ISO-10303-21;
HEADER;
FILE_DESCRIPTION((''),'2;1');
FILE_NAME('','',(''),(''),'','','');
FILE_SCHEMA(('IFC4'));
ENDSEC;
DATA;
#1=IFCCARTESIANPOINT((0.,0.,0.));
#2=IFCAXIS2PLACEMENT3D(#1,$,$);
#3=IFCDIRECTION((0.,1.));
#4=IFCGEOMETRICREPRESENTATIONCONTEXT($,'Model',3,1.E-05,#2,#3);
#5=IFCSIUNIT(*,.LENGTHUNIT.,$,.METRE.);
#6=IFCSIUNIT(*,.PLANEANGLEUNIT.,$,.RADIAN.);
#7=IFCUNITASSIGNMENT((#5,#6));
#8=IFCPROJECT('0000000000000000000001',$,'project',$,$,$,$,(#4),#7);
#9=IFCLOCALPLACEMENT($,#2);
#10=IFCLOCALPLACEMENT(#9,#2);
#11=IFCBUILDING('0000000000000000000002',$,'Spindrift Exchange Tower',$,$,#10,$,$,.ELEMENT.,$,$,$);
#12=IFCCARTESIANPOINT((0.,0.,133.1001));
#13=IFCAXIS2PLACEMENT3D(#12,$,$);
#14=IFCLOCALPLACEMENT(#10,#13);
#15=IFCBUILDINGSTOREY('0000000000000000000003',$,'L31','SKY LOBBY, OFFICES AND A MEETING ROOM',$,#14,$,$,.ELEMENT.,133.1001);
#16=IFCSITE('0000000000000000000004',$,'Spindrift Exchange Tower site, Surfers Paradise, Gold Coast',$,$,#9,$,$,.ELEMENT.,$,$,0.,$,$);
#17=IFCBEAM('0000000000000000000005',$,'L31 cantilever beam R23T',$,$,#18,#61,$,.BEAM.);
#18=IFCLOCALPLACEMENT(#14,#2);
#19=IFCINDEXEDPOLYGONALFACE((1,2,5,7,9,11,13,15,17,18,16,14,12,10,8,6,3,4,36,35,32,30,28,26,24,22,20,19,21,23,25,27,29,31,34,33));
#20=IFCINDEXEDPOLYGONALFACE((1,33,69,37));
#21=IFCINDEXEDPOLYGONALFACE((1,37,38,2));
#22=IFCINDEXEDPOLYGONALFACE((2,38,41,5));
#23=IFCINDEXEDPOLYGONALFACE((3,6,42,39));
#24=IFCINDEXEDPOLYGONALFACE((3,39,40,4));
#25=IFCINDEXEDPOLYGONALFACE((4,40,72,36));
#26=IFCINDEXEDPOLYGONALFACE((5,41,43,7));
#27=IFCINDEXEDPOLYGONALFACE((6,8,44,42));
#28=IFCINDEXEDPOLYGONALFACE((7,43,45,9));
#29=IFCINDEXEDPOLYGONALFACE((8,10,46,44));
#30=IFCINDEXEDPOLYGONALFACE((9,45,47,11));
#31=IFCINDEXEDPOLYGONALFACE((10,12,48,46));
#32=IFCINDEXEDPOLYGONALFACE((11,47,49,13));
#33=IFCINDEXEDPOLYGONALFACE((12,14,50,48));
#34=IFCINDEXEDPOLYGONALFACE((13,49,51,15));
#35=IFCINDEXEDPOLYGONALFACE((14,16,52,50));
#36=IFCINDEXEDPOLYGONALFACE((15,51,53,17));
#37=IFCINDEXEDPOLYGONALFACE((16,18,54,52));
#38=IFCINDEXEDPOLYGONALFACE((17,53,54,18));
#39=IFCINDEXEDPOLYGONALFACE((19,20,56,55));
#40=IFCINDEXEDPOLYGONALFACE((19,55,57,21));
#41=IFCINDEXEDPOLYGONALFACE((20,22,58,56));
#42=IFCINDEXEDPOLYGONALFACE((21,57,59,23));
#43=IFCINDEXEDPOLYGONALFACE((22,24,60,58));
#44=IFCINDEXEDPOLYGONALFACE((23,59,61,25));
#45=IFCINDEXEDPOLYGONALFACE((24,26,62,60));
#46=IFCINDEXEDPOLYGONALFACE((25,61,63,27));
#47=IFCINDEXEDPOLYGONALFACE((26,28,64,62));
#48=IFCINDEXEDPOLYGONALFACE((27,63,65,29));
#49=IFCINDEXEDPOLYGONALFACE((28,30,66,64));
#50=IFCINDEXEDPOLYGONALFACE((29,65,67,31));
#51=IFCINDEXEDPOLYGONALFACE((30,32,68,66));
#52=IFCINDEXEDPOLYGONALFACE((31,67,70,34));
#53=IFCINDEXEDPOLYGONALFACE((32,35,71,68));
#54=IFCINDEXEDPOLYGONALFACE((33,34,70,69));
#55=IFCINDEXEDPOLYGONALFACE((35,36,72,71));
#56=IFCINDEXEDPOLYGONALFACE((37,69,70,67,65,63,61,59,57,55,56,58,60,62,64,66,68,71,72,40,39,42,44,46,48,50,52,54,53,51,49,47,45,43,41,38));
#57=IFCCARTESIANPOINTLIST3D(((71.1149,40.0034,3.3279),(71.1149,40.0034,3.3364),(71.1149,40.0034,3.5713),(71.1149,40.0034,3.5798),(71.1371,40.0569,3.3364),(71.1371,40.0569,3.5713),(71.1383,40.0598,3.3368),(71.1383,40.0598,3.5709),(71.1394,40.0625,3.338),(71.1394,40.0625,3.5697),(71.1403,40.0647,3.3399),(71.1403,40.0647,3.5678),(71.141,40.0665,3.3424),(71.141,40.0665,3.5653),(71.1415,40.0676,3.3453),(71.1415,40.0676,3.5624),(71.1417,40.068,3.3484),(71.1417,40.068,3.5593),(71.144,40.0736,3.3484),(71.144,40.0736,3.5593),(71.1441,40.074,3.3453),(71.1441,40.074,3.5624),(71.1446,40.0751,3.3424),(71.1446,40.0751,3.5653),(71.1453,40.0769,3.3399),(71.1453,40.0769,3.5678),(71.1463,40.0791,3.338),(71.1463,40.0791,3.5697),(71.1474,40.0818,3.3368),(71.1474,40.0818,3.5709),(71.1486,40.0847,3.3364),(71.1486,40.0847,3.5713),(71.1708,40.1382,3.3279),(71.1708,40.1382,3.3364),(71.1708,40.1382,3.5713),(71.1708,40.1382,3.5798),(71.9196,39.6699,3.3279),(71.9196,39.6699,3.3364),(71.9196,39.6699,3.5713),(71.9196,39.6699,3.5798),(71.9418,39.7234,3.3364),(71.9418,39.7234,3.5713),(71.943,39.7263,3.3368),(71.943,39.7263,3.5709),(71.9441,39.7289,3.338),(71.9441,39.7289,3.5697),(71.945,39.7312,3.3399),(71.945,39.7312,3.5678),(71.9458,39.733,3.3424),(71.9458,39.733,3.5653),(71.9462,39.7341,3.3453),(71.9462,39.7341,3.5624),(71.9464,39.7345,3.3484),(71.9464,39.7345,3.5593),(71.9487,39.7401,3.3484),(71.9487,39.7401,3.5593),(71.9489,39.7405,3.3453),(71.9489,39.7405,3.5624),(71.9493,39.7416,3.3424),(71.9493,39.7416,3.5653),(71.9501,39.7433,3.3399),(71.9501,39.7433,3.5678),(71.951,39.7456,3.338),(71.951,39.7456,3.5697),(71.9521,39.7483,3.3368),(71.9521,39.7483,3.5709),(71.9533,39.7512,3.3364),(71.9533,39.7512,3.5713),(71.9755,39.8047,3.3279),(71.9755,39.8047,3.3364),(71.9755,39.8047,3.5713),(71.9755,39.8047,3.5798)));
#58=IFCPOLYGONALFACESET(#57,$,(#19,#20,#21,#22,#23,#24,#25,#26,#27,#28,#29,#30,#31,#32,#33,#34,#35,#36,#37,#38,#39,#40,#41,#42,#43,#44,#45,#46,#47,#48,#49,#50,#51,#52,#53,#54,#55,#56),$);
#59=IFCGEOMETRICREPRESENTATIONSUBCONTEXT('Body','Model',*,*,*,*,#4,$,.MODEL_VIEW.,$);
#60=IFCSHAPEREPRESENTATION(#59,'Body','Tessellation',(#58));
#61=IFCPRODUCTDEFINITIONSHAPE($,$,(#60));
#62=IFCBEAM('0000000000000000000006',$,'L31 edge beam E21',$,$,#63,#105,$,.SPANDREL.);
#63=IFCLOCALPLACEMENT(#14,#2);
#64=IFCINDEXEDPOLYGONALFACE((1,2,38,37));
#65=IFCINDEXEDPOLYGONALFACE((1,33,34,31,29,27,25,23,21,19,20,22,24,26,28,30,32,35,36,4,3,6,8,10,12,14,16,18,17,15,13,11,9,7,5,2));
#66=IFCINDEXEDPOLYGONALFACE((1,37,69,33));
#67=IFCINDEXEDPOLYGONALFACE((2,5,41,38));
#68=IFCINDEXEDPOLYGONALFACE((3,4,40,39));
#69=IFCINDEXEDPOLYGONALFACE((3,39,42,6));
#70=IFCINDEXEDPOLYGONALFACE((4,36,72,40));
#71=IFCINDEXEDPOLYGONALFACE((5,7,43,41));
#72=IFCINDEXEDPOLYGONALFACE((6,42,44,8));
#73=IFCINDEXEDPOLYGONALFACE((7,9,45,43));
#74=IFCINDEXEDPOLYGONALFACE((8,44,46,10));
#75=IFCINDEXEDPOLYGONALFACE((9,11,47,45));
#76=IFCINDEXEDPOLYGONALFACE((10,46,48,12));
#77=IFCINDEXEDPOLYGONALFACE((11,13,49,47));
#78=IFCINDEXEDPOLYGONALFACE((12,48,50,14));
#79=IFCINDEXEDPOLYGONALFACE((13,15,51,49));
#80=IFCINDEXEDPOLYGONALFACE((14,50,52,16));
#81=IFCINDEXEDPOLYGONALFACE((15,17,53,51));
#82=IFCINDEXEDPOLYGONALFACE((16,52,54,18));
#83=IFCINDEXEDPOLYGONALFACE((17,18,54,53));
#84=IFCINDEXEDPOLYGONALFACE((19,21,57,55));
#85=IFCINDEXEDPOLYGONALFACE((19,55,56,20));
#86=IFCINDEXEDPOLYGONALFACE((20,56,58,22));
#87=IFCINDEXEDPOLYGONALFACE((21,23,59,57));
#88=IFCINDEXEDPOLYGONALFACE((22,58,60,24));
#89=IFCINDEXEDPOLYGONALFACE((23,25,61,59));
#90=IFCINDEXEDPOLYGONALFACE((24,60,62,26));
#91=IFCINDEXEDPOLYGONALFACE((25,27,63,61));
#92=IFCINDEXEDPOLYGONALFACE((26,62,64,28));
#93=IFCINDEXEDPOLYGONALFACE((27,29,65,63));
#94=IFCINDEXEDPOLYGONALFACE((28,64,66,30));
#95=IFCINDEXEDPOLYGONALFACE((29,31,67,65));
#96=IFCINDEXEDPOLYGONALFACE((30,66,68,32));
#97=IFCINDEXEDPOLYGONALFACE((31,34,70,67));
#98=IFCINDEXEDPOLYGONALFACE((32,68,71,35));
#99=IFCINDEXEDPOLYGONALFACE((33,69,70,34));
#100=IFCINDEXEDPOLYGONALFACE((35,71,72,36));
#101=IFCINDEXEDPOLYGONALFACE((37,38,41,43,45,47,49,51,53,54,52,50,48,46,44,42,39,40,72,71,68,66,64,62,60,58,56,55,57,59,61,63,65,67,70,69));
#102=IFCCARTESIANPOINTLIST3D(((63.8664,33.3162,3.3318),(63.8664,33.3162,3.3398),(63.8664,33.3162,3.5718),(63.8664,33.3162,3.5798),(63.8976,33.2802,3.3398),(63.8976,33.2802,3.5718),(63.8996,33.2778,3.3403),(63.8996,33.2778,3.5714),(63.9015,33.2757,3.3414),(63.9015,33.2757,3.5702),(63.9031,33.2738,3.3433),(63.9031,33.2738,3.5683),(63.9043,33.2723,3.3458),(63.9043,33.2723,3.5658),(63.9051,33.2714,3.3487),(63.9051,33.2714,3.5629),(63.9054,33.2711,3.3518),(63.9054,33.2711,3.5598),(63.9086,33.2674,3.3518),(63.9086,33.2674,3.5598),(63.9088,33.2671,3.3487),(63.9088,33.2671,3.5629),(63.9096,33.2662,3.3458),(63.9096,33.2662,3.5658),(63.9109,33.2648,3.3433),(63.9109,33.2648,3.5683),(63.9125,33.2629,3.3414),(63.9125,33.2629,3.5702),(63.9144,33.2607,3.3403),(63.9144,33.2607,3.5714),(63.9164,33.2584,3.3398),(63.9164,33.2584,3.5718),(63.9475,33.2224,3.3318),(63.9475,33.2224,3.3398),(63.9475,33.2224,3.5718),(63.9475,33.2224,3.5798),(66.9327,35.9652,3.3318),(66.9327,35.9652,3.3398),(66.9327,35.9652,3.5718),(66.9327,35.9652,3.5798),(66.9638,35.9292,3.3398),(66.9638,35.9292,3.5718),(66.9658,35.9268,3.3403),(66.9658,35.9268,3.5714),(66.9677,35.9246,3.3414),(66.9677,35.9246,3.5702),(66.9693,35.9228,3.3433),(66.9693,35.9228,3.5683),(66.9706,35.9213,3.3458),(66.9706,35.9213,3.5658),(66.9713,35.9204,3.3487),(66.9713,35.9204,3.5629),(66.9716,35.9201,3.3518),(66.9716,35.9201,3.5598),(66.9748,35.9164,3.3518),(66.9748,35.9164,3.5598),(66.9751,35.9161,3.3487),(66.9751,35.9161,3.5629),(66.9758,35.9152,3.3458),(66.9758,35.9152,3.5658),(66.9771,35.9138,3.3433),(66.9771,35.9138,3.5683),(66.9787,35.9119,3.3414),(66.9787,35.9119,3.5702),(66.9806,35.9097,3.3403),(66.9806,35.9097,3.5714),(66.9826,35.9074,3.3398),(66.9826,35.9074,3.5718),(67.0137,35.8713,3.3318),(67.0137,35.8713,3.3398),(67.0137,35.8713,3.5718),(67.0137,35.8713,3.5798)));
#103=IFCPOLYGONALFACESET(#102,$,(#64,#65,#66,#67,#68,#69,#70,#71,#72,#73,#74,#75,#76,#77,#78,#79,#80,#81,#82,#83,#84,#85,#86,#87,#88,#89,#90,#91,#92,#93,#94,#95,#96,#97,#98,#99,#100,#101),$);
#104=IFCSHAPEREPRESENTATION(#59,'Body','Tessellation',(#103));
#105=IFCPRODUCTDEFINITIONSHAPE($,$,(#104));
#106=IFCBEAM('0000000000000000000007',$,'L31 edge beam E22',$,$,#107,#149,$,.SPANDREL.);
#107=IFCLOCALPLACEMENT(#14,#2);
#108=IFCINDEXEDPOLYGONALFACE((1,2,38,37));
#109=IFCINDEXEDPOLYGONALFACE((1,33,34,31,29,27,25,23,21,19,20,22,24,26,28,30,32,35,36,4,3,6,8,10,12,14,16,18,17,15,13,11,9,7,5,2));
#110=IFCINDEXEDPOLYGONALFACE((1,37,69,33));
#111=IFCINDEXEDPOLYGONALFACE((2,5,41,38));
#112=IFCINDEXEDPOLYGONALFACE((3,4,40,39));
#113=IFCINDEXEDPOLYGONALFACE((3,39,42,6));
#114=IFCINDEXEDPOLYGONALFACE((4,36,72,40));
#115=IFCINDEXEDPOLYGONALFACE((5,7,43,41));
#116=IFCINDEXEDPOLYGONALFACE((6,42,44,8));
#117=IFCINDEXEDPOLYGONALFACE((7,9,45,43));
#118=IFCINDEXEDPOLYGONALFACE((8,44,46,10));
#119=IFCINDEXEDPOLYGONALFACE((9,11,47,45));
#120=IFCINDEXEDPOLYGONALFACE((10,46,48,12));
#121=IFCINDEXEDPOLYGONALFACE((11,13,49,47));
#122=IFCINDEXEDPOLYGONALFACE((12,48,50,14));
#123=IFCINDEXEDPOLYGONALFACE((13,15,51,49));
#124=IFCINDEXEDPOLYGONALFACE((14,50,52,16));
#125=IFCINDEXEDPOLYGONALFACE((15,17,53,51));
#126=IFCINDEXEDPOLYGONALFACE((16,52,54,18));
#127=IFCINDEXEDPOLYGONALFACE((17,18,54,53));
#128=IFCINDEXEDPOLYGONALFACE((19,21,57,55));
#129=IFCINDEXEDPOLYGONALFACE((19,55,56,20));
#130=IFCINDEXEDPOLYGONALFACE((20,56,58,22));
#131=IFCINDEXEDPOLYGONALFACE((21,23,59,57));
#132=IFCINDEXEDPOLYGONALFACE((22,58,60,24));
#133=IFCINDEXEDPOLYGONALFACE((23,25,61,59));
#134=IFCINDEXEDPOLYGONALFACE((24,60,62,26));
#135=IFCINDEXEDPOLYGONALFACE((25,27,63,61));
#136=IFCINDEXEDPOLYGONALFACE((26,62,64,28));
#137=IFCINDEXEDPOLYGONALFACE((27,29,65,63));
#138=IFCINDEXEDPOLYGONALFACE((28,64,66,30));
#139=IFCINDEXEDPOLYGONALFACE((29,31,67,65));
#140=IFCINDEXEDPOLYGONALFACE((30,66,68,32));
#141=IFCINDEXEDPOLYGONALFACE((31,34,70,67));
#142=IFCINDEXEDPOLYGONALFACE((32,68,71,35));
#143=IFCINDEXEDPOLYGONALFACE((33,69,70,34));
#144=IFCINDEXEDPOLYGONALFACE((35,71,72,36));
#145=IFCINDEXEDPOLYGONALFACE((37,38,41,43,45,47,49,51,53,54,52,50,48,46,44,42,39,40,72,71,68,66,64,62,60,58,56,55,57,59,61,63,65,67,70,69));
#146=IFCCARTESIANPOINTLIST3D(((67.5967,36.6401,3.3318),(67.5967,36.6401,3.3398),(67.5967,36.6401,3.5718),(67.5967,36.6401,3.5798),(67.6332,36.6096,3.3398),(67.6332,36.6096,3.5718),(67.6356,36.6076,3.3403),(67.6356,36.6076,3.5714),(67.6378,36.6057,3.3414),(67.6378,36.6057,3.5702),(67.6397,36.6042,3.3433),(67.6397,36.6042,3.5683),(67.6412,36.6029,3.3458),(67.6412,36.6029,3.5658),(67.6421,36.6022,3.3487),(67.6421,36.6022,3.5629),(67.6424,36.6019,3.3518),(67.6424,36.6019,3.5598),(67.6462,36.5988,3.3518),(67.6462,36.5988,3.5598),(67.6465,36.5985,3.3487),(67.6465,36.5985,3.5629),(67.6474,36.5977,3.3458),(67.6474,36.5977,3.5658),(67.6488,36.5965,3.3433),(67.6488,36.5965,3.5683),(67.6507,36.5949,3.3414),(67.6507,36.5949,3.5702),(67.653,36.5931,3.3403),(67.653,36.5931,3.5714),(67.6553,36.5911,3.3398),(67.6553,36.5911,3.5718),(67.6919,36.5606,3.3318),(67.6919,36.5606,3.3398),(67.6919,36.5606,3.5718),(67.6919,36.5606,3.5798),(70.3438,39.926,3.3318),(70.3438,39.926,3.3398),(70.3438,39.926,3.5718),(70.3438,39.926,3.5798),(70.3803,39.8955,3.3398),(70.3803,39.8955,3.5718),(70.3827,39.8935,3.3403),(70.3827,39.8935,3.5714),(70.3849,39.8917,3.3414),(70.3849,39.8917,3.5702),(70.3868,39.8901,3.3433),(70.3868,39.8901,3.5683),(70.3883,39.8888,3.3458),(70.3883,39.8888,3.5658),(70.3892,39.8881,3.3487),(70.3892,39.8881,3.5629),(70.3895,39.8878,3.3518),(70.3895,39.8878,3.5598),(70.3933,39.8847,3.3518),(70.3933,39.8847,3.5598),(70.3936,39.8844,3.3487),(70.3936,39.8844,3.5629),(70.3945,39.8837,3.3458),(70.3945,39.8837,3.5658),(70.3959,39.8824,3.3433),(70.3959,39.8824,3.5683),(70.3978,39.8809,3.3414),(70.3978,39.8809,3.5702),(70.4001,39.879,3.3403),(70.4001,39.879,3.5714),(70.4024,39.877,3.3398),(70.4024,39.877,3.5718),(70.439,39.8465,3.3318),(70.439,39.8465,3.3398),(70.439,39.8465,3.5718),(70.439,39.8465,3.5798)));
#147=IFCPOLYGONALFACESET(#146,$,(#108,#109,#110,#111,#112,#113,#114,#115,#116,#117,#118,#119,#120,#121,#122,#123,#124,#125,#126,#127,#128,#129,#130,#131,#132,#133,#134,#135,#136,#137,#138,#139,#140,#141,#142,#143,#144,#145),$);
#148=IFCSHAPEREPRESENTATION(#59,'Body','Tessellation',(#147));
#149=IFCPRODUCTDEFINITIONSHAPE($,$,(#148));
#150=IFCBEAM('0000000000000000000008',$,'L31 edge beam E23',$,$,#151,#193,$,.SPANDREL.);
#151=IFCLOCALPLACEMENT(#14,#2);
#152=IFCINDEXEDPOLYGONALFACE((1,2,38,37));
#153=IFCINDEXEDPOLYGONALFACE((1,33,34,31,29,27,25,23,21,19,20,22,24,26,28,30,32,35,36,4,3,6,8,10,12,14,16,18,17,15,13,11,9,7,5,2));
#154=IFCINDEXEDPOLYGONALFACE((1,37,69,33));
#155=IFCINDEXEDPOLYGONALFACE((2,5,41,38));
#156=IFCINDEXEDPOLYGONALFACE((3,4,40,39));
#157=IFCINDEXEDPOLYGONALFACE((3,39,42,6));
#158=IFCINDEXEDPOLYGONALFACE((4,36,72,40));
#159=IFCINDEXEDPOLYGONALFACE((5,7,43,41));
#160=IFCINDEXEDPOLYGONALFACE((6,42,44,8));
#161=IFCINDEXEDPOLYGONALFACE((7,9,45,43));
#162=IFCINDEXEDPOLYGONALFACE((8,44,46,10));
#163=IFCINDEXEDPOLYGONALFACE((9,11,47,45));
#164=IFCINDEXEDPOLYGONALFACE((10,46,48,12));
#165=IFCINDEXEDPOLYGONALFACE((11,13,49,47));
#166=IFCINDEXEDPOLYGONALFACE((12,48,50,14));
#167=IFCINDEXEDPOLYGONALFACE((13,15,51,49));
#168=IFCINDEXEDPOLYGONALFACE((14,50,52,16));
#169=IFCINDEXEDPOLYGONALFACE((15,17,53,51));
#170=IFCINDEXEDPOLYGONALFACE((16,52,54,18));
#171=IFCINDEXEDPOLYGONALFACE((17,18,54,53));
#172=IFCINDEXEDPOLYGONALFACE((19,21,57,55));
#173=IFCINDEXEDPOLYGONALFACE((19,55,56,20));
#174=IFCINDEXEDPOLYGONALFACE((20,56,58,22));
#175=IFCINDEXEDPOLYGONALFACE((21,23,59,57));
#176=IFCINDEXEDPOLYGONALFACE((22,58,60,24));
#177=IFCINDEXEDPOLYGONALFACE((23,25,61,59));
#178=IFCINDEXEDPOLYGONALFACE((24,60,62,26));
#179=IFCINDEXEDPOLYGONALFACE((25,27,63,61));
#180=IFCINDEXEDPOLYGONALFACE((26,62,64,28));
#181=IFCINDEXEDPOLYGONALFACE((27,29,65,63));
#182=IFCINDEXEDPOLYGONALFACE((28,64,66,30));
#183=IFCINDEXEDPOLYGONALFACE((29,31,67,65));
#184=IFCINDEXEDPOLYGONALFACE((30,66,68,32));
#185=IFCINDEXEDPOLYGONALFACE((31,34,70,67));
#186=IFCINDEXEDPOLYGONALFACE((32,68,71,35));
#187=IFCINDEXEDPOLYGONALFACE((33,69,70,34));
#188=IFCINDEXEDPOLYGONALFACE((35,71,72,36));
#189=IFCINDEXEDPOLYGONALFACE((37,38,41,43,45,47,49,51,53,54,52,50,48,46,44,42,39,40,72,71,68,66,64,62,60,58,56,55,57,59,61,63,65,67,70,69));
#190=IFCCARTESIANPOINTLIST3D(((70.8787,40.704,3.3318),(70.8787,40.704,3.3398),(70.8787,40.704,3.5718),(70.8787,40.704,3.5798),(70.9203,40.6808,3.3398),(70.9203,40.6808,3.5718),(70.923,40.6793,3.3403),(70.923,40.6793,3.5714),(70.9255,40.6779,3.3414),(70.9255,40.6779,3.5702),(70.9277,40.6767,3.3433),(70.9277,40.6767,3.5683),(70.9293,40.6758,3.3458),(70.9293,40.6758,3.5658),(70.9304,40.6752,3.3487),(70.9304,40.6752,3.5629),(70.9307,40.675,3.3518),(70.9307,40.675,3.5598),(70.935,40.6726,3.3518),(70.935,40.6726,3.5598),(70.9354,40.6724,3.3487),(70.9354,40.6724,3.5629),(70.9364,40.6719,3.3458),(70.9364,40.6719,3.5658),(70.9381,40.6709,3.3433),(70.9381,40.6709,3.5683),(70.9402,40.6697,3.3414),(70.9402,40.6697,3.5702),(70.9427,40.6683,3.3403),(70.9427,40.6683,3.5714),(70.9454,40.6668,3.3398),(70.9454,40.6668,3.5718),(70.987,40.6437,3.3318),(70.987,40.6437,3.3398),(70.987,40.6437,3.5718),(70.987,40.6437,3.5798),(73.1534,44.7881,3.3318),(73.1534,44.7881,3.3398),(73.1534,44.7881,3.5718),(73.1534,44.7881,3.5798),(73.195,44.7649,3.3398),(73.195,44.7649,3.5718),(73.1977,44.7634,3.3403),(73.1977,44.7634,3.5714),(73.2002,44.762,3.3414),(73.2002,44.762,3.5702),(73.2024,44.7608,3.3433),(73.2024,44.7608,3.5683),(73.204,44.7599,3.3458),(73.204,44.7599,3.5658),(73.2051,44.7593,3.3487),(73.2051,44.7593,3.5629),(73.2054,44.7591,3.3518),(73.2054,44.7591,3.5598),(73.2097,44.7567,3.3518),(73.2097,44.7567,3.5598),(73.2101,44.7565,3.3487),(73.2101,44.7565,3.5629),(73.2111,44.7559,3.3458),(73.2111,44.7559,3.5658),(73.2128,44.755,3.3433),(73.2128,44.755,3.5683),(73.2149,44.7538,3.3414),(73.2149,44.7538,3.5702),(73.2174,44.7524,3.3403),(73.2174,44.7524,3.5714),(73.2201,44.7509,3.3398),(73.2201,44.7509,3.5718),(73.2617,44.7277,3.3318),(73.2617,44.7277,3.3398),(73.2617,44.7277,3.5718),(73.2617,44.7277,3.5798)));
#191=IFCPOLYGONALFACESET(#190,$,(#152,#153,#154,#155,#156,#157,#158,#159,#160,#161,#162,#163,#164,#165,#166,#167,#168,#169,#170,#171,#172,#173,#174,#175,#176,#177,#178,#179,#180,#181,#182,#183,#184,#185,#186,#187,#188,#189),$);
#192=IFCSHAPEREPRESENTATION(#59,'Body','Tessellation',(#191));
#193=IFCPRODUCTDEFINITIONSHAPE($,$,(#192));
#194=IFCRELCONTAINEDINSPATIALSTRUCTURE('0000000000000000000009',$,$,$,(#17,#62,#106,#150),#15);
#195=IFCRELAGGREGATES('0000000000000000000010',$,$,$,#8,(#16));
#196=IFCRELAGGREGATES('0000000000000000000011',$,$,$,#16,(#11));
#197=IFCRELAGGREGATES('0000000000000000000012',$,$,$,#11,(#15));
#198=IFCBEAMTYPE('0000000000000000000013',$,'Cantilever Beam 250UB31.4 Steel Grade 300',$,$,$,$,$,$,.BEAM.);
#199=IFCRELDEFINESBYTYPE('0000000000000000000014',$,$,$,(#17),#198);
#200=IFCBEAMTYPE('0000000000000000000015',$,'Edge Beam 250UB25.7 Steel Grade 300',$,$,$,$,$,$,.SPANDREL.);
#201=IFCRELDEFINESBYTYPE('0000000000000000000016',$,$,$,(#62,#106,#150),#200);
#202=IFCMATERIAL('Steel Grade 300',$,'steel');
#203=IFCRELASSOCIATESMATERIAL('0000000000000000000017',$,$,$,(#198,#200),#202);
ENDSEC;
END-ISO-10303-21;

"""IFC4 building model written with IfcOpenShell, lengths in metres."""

from ifc_helpers import new_model, si_unit, direction, frame, origin, origin_2d, place, context, subcontext, project, spatial, i_section, extrude, source, transform, mapped, material, material_profile, profile_set, type_object, element, save


model = new_model("IFC4")

# Units and contexts
model_context = context("Model", 3, precision=1e-05, world=origin(), true_north=direction((0.0, 1.0)))
body_context = subcontext(model_context, "Body", "Model", "MODEL_VIEW")
ifc_project = project(units=[si_unit("LENGTHUNIT", "METRE"), si_unit("PLANEANGLEUNIT", "RADIAN")], contexts=[model_context])

# Site, building, storey
site_placement = place(None, origin())
site = spatial("IfcSite", under=ifc_project, at=site_placement, Name="Spindrift Exchange Tower site, Surfers Paradise, Gold Coast", CompositionType="ELEMENT", RefElevation=0.0)
building_placement = place(site_placement, origin())
building = spatial("IfcBuilding", under=site, at=building_placement, Name="Spindrift Exchange Tower", CompositionType="ELEMENT")
storey_placement = place(building_placement, frame((0.0, 0.0, 133.1001)))
storey = spatial("IfcBuildingStorey", under=building, at=storey_placement, Name="L31", Description="SKY LOBBY, OFFICES AND A MEETING ROOM", CompositionType="ELEMENT", Elevation=133.1001)

# Beams
ifc_material_1 = material(Name="Steel Grade 300", Category="steel")
ifc_material_profile_1 = material_profile(ifc_material_1, i_section(OverallWidth=0.146, OverallDepth=0.252, WebThickness=0.0061, FlangeThickness=0.0085, FilletRadius=0.012, at=origin_2d()), Name="250UB31.4")
ifc_profile_set_1 = profile_set([ifc_material_profile_1], Name="Steel Grade 300")
beam_type_1 = type_object("IfcBeamType", Name="Cantilever Beam 250UB31.4 Steel Grade 300", PredefinedType="BEAM", material=ifc_profile_set_1)
shared_shape_1 = source(origin(), body_context, "Body", "SweptSolid", [
    extrude(i_section(OverallWidth=0.146, OverallDepth=0.252, WebThickness=0.0061, FlangeThickness=0.0085, FilletRadius=0.012, at=origin_2d()), origin(), (0.0, 0.0, 1.0), 0.8711),
])
beam_1_placement = place(storey_placement, frame((71.1428, 40.0708, 3.4539), z_axis=(0.923805, -0.382863, 0.0), x_axis=(0.382863, 0.923805, 0.0)))
element("IfcBeam", 1, at=beam_1_placement, inside=storey, type_object=beam_type_1, Name="L31 cantilever beam R23T", PredefinedType="BEAM", context=body_context, shape_type="MappedRepresentation", body=[
    mapped(shared_shape_1, transform((0.0, 0.0, 0.0), scale=1.0)),
])
ifc_material_profile_2 = material_profile(ifc_material_1, i_section(OverallWidth=0.124, OverallDepth=0.248, WebThickness=0.0049, FlangeThickness=0.0081, FilletRadius=0.012, at=origin_2d()), Name="250UB25.7")
ifc_profile_set_2 = profile_set([ifc_material_profile_2], Name="Steel Grade 300")
beam_type_2 = type_object("IfcBeamType", Name="Edge Beam 250UB25.7 Steel Grade 300", PredefinedType="SPANDREL", material=ifc_profile_set_2)
shared_shape_2 = source(origin(), body_context, "Body", "SweptSolid", [
    extrude(i_section(OverallWidth=0.124, OverallDepth=0.248, WebThickness=0.0049, FlangeThickness=0.0081, FilletRadius=0.012, at=origin_2d()), origin(), (0.0, 0.0, 1.0), 4.052),
])
beam_2_placement = place(storey_placement, frame((63.907, 33.2693, 3.4558), z_axis=(0.756716, 0.653744, 0.0), x_axis=(-0.653744, 0.756716, 0.0)))
element("IfcBeam", 2, at=beam_2_placement, inside=storey, type_object=beam_type_2, Name="L31 edge beam E21", PredefinedType="SPANDREL", context=body_context, shape_type="MappedRepresentation", body=[
    mapped(shared_shape_2, transform((0.0, 0.0, 0.0), scale=1.0)),
])
shared_shape_3 = source(origin(), body_context, "Body", "SweptSolid", [
    extrude(i_section(OverallWidth=0.124, OverallDepth=0.248, WebThickness=0.0049, FlangeThickness=0.0081, FilletRadius=0.012, at=origin_2d()), origin(), (0.0, 0.0, 1.0), 4.283),
])
beam_3_placement = place(storey_placement, frame((67.6443, 36.6003, 3.4558), z_axis=(0.6414, 0.767206, 0.0), x_axis=(-0.767206, 0.6414, 0.0)))
element("IfcBeam", 3, at=beam_3_placement, inside=storey, type_object=beam_type_2, Name="L31 edge beam E22", PredefinedType="SPANDREL", context=body_context, shape_type="MappedRepresentation", body=[
    mapped(shared_shape_3, transform((0.0, 0.0, 0.0), scale=1.0)),
])
shared_shape_4 = source(origin(), body_context, "Body", "SweptSolid", [
    extrude(i_section(OverallWidth=0.124, OverallDepth=0.248, WebThickness=0.0049, FlangeThickness=0.0081, FilletRadius=0.012, at=origin_2d()), origin(), (0.0, 0.0, 1.0), 4.6748),
])
beam_4_placement = place(storey_placement, frame((70.9329, 40.6738, 3.4558), z_axis=(0.486587, 0.873632, 0.0), x_axis=(-0.873632, 0.486587, 0.0)))
element("IfcBeam", 4, at=beam_4_placement, inside=storey, type_object=beam_type_2, Name="L31 edge beam E23", PredefinedType="SPANDREL", context=body_context, shape_type="MappedRepresentation", body=[
    mapped(shared_shape_4, transform((0.0, 0.0, 0.0), scale=1.0)),
])

save(model, "model.ifc")
